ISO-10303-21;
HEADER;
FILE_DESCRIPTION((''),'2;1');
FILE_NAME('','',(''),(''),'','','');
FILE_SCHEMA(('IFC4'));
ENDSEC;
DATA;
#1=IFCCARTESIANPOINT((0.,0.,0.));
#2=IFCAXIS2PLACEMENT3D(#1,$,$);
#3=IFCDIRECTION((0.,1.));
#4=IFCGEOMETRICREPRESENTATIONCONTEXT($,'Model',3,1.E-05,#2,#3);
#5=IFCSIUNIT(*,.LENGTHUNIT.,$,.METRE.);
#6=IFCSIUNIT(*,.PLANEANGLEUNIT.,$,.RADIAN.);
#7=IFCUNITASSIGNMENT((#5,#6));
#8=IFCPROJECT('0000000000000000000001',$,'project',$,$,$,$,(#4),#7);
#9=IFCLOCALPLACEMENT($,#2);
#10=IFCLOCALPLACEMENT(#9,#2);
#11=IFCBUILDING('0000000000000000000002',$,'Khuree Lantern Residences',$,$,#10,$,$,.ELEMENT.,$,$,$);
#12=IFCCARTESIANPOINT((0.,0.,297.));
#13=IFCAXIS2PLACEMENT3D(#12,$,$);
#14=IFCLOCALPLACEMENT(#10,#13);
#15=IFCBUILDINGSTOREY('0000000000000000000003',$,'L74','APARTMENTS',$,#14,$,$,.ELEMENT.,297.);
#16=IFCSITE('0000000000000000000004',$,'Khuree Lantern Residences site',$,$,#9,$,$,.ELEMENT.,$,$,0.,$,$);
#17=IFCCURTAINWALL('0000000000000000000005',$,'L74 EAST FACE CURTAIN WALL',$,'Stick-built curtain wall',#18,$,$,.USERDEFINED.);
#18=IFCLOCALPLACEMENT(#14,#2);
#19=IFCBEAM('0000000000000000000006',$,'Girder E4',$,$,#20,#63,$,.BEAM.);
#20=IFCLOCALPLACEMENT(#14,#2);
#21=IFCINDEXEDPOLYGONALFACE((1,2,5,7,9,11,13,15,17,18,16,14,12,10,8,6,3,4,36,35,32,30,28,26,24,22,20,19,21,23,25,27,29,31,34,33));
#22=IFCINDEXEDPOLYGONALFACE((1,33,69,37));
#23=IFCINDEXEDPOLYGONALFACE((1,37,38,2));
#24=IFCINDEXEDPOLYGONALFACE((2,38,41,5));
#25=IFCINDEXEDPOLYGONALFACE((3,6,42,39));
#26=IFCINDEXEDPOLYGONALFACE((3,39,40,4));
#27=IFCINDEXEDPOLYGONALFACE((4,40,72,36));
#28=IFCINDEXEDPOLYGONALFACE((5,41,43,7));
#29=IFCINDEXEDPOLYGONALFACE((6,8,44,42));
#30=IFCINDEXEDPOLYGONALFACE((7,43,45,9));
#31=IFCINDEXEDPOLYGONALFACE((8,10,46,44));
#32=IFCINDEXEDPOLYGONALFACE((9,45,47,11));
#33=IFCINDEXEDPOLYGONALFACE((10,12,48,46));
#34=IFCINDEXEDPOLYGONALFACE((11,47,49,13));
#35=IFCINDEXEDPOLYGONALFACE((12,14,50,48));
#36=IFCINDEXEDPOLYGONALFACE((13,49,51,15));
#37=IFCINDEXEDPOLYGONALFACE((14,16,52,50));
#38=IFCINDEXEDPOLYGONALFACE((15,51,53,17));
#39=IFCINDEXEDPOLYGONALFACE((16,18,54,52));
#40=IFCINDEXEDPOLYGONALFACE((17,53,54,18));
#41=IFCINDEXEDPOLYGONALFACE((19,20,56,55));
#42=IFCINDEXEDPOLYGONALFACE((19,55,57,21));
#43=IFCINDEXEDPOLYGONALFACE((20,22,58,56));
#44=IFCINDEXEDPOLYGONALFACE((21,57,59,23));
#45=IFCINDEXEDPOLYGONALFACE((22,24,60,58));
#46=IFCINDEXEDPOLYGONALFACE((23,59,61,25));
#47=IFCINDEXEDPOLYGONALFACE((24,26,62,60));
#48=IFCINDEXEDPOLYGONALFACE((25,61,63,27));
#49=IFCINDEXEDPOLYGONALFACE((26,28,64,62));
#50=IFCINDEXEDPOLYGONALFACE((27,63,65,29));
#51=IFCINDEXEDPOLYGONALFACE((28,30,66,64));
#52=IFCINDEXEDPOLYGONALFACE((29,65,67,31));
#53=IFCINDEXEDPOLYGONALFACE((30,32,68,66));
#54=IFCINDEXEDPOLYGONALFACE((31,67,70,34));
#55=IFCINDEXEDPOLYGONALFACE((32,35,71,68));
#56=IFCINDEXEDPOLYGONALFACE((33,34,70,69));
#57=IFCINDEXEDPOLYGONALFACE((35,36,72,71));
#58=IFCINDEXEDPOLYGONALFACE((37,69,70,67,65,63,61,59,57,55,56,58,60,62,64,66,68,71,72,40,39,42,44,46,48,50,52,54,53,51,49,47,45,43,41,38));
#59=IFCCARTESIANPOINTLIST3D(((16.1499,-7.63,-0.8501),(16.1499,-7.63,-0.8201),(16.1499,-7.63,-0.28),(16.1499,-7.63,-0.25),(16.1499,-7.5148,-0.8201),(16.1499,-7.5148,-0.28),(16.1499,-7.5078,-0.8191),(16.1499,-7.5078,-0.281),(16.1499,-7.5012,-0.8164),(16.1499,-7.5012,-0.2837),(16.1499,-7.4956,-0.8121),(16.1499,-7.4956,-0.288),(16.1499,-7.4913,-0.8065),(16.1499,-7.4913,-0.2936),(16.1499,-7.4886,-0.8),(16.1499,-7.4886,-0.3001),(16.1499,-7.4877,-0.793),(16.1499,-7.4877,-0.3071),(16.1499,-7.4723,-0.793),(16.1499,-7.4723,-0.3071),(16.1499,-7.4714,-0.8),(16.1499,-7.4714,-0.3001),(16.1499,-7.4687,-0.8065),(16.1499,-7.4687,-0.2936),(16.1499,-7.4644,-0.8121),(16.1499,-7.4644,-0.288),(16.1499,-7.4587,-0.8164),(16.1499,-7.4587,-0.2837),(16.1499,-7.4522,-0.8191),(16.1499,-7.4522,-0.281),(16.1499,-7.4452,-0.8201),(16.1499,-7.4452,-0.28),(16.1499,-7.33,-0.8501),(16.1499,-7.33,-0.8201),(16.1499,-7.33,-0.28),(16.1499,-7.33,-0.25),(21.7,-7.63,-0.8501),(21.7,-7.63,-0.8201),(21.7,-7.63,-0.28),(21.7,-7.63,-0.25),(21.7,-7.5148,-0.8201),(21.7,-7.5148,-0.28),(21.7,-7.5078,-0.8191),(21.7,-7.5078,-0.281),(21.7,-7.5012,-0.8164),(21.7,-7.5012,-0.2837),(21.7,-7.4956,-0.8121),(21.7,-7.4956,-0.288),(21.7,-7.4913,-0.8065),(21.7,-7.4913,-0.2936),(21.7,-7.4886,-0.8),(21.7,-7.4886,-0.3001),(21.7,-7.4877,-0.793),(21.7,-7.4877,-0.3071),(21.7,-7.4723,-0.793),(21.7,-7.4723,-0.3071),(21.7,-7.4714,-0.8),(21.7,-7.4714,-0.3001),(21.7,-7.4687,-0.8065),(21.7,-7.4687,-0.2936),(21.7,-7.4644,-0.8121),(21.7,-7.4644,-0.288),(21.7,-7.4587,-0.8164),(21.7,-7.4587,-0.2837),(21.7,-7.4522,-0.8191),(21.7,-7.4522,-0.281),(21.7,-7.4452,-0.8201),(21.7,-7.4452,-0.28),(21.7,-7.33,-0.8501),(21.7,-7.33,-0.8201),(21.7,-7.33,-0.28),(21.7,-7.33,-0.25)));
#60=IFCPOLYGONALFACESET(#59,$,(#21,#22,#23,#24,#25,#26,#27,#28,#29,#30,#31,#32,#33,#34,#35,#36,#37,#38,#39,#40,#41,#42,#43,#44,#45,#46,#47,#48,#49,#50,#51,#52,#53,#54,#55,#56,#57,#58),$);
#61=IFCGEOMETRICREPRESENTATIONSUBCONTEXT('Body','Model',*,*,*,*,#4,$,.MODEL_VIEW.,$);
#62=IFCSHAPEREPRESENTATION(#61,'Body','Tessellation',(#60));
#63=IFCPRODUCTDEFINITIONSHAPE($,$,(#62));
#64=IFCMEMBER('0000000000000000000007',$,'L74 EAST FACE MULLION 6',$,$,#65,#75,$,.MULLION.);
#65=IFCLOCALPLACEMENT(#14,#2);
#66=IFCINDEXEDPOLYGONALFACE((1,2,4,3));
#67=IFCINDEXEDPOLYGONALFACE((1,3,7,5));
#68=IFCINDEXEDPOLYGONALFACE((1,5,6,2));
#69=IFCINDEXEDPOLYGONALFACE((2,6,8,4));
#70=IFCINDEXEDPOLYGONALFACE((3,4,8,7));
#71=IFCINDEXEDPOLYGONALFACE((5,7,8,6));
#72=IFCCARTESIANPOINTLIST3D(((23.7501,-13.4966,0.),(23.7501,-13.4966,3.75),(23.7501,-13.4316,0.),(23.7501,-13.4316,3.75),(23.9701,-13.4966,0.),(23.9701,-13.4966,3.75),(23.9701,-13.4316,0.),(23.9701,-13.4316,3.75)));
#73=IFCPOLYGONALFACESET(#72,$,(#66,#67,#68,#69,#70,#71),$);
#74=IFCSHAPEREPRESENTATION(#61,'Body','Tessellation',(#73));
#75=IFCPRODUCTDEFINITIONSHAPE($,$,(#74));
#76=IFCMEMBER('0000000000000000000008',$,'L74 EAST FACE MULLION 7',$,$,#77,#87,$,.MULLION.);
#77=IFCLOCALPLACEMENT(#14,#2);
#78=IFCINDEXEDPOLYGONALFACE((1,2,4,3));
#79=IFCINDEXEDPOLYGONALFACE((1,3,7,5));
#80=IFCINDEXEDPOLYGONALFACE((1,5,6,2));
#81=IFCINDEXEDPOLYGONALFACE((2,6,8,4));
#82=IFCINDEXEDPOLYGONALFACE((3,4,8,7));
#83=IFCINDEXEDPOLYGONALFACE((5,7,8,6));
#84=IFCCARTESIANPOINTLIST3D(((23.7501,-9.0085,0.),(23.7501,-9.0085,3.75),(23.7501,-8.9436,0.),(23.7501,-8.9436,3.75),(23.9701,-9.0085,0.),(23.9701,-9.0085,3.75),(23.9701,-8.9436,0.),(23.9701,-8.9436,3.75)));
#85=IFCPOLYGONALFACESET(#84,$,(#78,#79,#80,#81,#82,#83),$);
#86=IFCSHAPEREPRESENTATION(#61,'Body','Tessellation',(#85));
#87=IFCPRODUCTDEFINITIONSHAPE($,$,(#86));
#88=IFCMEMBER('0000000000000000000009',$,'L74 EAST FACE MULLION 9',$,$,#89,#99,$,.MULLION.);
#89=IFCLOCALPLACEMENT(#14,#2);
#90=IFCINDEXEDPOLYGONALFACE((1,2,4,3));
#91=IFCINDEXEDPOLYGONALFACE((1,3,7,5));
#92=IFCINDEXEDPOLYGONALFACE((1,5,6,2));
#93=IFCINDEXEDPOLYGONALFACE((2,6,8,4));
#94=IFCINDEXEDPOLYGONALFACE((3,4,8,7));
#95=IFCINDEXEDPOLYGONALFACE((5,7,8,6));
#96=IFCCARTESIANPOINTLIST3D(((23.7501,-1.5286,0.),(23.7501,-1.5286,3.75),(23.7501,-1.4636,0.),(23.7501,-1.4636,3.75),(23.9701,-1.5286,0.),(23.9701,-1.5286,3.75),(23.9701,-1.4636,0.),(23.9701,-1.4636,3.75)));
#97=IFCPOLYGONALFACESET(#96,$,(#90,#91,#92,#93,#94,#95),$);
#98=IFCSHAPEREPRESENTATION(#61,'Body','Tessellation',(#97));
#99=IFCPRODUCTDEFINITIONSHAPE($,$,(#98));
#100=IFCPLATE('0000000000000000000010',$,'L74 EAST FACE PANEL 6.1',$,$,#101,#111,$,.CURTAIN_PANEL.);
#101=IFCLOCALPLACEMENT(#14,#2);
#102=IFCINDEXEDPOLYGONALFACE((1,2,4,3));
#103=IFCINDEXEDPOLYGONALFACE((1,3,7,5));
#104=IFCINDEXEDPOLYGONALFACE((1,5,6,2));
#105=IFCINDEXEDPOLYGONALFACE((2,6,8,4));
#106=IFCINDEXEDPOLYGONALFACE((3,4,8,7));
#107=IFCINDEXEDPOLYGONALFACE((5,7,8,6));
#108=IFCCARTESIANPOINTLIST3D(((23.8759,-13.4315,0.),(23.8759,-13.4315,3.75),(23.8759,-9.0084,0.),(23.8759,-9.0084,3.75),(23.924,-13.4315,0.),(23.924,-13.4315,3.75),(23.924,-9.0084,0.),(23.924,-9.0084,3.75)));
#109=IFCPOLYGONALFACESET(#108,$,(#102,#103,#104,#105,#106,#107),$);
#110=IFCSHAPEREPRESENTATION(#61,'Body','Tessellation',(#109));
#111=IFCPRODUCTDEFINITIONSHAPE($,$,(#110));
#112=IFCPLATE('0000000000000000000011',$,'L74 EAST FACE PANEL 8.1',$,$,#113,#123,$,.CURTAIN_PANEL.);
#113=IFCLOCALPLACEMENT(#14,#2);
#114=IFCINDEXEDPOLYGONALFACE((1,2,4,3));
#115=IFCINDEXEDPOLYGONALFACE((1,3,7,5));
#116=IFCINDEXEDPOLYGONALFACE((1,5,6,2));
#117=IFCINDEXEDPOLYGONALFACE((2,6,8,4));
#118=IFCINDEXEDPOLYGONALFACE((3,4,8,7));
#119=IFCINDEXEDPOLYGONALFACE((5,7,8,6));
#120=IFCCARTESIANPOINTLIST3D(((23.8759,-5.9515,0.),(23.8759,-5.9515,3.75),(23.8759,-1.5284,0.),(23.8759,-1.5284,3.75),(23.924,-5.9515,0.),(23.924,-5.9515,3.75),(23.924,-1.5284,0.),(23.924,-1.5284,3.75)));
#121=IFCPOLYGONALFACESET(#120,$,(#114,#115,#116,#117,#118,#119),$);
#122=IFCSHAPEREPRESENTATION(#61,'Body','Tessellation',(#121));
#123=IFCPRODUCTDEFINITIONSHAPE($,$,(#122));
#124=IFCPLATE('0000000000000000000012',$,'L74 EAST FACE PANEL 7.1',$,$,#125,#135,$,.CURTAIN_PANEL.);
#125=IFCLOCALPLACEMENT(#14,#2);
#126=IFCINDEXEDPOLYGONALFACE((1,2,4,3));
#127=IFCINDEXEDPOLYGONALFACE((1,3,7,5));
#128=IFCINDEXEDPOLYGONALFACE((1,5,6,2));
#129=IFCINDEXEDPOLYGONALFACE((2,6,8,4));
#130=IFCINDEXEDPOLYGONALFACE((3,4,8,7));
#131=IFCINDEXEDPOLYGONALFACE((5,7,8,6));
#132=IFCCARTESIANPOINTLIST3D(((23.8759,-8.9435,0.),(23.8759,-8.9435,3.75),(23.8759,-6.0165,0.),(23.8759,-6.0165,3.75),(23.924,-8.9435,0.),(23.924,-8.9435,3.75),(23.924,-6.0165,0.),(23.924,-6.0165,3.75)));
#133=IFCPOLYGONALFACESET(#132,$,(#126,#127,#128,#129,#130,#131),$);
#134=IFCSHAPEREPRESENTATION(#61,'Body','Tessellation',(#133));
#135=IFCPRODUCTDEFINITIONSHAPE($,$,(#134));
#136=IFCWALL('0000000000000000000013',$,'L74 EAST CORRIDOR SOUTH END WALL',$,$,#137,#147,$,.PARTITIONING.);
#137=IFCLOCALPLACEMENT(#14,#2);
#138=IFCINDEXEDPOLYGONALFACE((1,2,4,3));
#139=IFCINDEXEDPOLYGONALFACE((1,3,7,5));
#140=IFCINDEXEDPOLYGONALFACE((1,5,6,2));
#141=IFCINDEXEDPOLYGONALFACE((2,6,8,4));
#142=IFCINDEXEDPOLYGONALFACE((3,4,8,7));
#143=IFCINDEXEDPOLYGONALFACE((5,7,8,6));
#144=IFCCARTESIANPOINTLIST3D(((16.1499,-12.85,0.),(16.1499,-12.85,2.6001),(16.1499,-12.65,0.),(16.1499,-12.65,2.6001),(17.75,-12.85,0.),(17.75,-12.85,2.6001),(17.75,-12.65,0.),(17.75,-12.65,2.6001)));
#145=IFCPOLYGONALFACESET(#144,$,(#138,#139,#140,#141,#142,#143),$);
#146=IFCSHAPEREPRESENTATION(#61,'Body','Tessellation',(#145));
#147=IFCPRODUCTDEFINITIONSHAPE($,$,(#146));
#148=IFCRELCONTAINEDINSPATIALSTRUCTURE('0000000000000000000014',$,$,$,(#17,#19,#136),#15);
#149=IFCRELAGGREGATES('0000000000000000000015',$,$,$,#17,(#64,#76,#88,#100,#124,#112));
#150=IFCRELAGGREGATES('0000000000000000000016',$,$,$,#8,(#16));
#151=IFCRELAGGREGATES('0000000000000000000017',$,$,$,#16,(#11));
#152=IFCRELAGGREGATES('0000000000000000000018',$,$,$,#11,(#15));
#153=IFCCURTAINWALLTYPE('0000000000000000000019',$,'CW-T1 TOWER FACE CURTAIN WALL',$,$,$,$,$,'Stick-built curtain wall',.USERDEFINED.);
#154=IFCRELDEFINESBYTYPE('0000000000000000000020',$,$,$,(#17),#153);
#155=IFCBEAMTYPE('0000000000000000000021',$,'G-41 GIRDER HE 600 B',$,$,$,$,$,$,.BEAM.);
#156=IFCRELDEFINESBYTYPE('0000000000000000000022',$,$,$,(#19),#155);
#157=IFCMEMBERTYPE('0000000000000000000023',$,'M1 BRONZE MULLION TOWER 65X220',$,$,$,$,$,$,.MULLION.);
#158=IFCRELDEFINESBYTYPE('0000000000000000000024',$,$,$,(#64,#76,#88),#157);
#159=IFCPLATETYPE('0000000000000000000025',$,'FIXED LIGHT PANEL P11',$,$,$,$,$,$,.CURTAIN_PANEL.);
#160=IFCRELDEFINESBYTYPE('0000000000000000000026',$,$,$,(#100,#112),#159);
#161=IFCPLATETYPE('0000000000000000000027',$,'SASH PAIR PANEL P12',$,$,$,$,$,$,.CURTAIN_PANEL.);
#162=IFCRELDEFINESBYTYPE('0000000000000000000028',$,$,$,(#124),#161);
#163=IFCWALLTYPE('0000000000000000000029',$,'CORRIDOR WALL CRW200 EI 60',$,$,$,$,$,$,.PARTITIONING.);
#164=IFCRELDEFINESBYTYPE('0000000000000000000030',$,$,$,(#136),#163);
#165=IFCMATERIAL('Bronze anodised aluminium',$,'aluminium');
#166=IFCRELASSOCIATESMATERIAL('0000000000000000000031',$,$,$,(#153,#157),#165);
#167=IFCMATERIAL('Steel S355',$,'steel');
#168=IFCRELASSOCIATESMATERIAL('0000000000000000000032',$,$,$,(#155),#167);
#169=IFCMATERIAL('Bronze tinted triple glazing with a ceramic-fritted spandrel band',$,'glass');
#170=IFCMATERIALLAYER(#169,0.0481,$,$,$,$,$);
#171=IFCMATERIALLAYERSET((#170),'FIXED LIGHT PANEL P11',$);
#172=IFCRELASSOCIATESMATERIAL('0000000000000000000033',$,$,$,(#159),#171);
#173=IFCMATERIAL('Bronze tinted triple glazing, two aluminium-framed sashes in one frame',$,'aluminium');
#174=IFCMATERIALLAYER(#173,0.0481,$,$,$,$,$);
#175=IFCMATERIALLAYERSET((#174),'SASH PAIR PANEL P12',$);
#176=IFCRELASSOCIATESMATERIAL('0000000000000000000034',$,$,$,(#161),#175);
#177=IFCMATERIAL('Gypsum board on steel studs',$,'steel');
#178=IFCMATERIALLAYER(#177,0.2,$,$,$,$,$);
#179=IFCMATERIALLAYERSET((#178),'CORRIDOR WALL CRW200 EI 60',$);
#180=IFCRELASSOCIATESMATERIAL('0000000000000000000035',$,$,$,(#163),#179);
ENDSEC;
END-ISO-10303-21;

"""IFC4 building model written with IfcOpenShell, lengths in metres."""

from ifc_helpers import new_model, si_unit, direction, frame, frame_2d, origin, origin_2d, place, context, subcontext, project, spatial, rectangle, i_section, extrude, material, layer, layer_set, material_profile, profile_set, type_object, element, aggregate, save


model = new_model("IFC4")

# Units and contexts
model_context = context("Model", 3, precision=1e-05, world=origin(), true_north=direction((0.0, 1.0)))
body_context = subcontext(model_context, "Body", "Model", "MODEL_VIEW")
ifc_project = project(units=[si_unit("LENGTHUNIT", "METRE"), si_unit("PLANEANGLEUNIT", "RADIAN")], contexts=[model_context])

# Site, building, storey
site_placement = place(None, origin())
site = spatial("IfcSite", under=ifc_project, at=site_placement, Name="Khuree Lantern Residences site", CompositionType="ELEMENT", RefElevation=0.0)
building_placement = place(site_placement, origin())
building = spatial("IfcBuilding", under=site, at=building_placement, Name="Khuree Lantern Residences", CompositionType="ELEMENT")
storey_placement = place(building_placement, frame((0.0, 0.0, 297.0)))
storey = spatial("IfcBuildingStorey", under=building, at=storey_placement, Name="L74", Description="APARTMENTS", CompositionType="ELEMENT", Elevation=297.0)

# Shared definitions
ifc_material_1 = material(Name="Steel S355", Category="steel")

# Curtain wall
ifc_material_2 = material(Name="Bronze anodised aluminium", Category="aluminium")
curtain_wall_type = type_object("IfcCurtainWallType", Name="CW-T1 TOWER FACE CURTAIN WALL", ElementType="Stick-built curtain wall", PredefinedType="USERDEFINED", material=ifc_material_2)
curtain_wall_placement = place(storey_placement, origin())
curtain_wall = element("IfcCurtainWall", 1, at=curtain_wall_placement, inside=storey, type_object=curtain_wall_type, Name="L74 EAST FACE CURTAIN WALL", ObjectType="Stick-built curtain wall", PredefinedType="USERDEFINED")

# Beam
ifc_material_profile_1 = material_profile(ifc_material_1, i_section(OverallWidth=0.3, OverallDepth=0.6001, WebThickness=0.0154, FlangeThickness=0.03, FilletRadius=0.0271, at=origin_2d()), Name="HE 600 B")
ifc_profile_set_1 = profile_set([ifc_material_profile_1], Name="Steel S355")
beam_type_1 = type_object("IfcBeamType", Name="G-41 GIRDER HE 600 B", PredefinedType="BEAM", material=ifc_profile_set_1)
beam_1_placement = place(storey_placement, frame((21.7, -7.48, -0.55), z_axis=(-1.0, 0.0, 0.0), x_axis=(0.0, -1.0, 0.0)))
element("IfcBeam", 2, at=beam_1_placement, inside=storey, type_object=beam_type_1, Name="Girder E4", PredefinedType="BEAM", context=body_context, shape_type="SweptSolid", body=[
    extrude(i_section(OverallWidth=0.3, OverallDepth=0.6001, WebThickness=0.0154, FlangeThickness=0.03, FilletRadius=0.0271, at=origin_2d()), origin(), (0.0, 0.0, 1.0), 5.55),
])

# Members
ifc_material_profile_2 = material_profile(ifc_material_2, rectangle(XDim=0.0649, YDim=0.22, at=origin_2d()), Name="M1 65X220")
ifc_profile_set_2 = profile_set([ifc_material_profile_2], Name="Bronze anodised aluminium")
member_type_1 = type_object("IfcMemberType", Name="M1 BRONZE MULLION TOWER 65X220", PredefinedType="MULLION", material=ifc_profile_set_2)
member_1_placement = place(storey_placement, frame((23.8601, -13.4641, 0.0), z_axis=(0.0, 0.0, 1.0), x_axis=(0.0, 1.0, 0.0)))
member_1 = element("IfcMember", 3, at=member_1_placement, type_object=member_type_1, Name="L74 EAST FACE MULLION 6", PredefinedType="MULLION", context=body_context, shape_type="SweptSolid", body=[
    extrude(rectangle(XDim=0.0649, YDim=0.22, at=origin_2d()), origin(), (0.0, 0.0, 1.0), 3.75),
])
member_2_placement = place(storey_placement, frame((23.8601, -8.9761, 0.0), z_axis=(0.0, 0.0, 1.0), x_axis=(0.0, 1.0, 0.0)))
member_2 = element("IfcMember", 4, at=member_2_placement, type_object=member_type_1, Name="L74 EAST FACE MULLION 7", PredefinedType="MULLION", context=body_context, shape_type="SweptSolid", body=[
    extrude(rectangle(XDim=0.0649, YDim=0.22, at=origin_2d()), origin(), (0.0, 0.0, 1.0), 3.75),
])
member_3_placement = place(storey_placement, frame((23.8601, -1.4961, 0.0), z_axis=(0.0, 0.0, 1.0), x_axis=(0.0, 1.0, 0.0)))
member_3 = element("IfcMember", 5, at=member_3_placement, type_object=member_type_1, Name="L74 EAST FACE MULLION 9", PredefinedType="MULLION", context=body_context, shape_type="SweptSolid", body=[
    extrude(rectangle(XDim=0.0649, YDim=0.22, at=origin_2d()), origin(), (0.0, 0.0, 1.0), 3.75),
])

# Plates
ifc_material_3 = material(Name="Bronze tinted triple glazing with a ceramic-fritted spandrel band", Category="glass")
ifc_layer_1 = layer(ifc_material_3, 0.0481)
ifc_layer_set_1 = layer_set([ifc_layer_1], Name="FIXED LIGHT PANEL P11")
plate_type_1 = type_object("IfcPlateType", Name="FIXED LIGHT PANEL P11", PredefinedType="CURTAIN_PANEL", material=ifc_layer_set_1)
plate_1_placement = place(storey_placement, frame((23.8999, -11.22, 0.0), z_axis=(0.0, 0.0, 1.0), x_axis=(0.0, 1.0, 0.0)))
plate_1 = element("IfcPlate", 6, at=plate_1_placement, type_object=plate_type_1, Name="L74 EAST FACE PANEL 6.1", PredefinedType="CURTAIN_PANEL", context=body_context, shape_type="SweptSolid", body=[
    extrude(rectangle(XDim=4.4231, YDim=0.0481, at=origin_2d()), origin(), (0.0, 0.0, 1.0), 3.75),
])
plate_2_placement = place(storey_placement, frame((23.8999, -3.74, 0.0), z_axis=(0.0, 0.0, 1.0), x_axis=(0.0, 1.0, 0.0)))
plate_2 = element("IfcPlate", 7, at=plate_2_placement, type_object=plate_type_1, Name="L74 EAST FACE PANEL 8.1", PredefinedType="CURTAIN_PANEL", context=body_context, shape_type="SweptSolid", body=[
    extrude(rectangle(XDim=4.4231, YDim=0.0481, at=origin_2d()), origin(), (0.0, 0.0, 1.0), 3.75),
])
ifc_material_4 = material(Name="Bronze tinted triple glazing, two aluminium-framed sashes in one frame", Category="aluminium")
ifc_layer_2 = layer(ifc_material_4, 0.0481)
ifc_layer_set_2 = layer_set([ifc_layer_2], Name="SASH PAIR PANEL P12")
plate_type_2 = type_object("IfcPlateType", Name="SASH PAIR PANEL P12", PredefinedType="CURTAIN_PANEL", material=ifc_layer_set_2)
plate_3_placement = place(storey_placement, frame((23.8999, -7.48, 0.0), z_axis=(0.0, 0.0, 1.0), x_axis=(0.0, 1.0, 0.0)))
plate_3 = element("IfcPlate", 8, at=plate_3_placement, type_object=plate_type_2, Name="L74 EAST FACE PANEL 7.1", PredefinedType="CURTAIN_PANEL", context=body_context, shape_type="SweptSolid", body=[
    extrude(rectangle(XDim=2.927, YDim=0.0481, at=origin_2d()), origin(), (0.0, 0.0, 1.0), 3.75),
])
aggregate(curtain_wall, [member_1, member_2, member_3, plate_1, plate_3, plate_2])

# Wall
ifc_material_5 = material(Name="Gypsum board on steel studs", Category="steel")
ifc_layer_3 = layer(ifc_material_5, 0.2)
ifc_layer_set_3 = layer_set([ifc_layer_3], Name="CORRIDOR WALL CRW200 EI 60")
wall_type_1 = type_object("IfcWallType", Name="CORRIDOR WALL CRW200 EI 60", PredefinedType="PARTITIONING", material=ifc_layer_set_3)
wall_1_placement = place(storey_placement, frame((16.1499, -12.75, 0.0), z_axis=(0.0, 0.0, 1.0), x_axis=(1.0, 0.0, 0.0)))
element("IfcWall", 9, at=wall_1_placement, inside=storey, type_object=wall_type_1, Name="L74 EAST CORRIDOR SOUTH END WALL", PredefinedType="PARTITIONING", context=body_context, shape_type="SweptSolid", body=[
    extrude(rectangle(XDim=1.6001, YDim=0.2, at=frame_2d((0.8, 0.0))), origin(), (0.0, 0.0, 1.0), 2.6001),
])

save(model, "model.ifc")
